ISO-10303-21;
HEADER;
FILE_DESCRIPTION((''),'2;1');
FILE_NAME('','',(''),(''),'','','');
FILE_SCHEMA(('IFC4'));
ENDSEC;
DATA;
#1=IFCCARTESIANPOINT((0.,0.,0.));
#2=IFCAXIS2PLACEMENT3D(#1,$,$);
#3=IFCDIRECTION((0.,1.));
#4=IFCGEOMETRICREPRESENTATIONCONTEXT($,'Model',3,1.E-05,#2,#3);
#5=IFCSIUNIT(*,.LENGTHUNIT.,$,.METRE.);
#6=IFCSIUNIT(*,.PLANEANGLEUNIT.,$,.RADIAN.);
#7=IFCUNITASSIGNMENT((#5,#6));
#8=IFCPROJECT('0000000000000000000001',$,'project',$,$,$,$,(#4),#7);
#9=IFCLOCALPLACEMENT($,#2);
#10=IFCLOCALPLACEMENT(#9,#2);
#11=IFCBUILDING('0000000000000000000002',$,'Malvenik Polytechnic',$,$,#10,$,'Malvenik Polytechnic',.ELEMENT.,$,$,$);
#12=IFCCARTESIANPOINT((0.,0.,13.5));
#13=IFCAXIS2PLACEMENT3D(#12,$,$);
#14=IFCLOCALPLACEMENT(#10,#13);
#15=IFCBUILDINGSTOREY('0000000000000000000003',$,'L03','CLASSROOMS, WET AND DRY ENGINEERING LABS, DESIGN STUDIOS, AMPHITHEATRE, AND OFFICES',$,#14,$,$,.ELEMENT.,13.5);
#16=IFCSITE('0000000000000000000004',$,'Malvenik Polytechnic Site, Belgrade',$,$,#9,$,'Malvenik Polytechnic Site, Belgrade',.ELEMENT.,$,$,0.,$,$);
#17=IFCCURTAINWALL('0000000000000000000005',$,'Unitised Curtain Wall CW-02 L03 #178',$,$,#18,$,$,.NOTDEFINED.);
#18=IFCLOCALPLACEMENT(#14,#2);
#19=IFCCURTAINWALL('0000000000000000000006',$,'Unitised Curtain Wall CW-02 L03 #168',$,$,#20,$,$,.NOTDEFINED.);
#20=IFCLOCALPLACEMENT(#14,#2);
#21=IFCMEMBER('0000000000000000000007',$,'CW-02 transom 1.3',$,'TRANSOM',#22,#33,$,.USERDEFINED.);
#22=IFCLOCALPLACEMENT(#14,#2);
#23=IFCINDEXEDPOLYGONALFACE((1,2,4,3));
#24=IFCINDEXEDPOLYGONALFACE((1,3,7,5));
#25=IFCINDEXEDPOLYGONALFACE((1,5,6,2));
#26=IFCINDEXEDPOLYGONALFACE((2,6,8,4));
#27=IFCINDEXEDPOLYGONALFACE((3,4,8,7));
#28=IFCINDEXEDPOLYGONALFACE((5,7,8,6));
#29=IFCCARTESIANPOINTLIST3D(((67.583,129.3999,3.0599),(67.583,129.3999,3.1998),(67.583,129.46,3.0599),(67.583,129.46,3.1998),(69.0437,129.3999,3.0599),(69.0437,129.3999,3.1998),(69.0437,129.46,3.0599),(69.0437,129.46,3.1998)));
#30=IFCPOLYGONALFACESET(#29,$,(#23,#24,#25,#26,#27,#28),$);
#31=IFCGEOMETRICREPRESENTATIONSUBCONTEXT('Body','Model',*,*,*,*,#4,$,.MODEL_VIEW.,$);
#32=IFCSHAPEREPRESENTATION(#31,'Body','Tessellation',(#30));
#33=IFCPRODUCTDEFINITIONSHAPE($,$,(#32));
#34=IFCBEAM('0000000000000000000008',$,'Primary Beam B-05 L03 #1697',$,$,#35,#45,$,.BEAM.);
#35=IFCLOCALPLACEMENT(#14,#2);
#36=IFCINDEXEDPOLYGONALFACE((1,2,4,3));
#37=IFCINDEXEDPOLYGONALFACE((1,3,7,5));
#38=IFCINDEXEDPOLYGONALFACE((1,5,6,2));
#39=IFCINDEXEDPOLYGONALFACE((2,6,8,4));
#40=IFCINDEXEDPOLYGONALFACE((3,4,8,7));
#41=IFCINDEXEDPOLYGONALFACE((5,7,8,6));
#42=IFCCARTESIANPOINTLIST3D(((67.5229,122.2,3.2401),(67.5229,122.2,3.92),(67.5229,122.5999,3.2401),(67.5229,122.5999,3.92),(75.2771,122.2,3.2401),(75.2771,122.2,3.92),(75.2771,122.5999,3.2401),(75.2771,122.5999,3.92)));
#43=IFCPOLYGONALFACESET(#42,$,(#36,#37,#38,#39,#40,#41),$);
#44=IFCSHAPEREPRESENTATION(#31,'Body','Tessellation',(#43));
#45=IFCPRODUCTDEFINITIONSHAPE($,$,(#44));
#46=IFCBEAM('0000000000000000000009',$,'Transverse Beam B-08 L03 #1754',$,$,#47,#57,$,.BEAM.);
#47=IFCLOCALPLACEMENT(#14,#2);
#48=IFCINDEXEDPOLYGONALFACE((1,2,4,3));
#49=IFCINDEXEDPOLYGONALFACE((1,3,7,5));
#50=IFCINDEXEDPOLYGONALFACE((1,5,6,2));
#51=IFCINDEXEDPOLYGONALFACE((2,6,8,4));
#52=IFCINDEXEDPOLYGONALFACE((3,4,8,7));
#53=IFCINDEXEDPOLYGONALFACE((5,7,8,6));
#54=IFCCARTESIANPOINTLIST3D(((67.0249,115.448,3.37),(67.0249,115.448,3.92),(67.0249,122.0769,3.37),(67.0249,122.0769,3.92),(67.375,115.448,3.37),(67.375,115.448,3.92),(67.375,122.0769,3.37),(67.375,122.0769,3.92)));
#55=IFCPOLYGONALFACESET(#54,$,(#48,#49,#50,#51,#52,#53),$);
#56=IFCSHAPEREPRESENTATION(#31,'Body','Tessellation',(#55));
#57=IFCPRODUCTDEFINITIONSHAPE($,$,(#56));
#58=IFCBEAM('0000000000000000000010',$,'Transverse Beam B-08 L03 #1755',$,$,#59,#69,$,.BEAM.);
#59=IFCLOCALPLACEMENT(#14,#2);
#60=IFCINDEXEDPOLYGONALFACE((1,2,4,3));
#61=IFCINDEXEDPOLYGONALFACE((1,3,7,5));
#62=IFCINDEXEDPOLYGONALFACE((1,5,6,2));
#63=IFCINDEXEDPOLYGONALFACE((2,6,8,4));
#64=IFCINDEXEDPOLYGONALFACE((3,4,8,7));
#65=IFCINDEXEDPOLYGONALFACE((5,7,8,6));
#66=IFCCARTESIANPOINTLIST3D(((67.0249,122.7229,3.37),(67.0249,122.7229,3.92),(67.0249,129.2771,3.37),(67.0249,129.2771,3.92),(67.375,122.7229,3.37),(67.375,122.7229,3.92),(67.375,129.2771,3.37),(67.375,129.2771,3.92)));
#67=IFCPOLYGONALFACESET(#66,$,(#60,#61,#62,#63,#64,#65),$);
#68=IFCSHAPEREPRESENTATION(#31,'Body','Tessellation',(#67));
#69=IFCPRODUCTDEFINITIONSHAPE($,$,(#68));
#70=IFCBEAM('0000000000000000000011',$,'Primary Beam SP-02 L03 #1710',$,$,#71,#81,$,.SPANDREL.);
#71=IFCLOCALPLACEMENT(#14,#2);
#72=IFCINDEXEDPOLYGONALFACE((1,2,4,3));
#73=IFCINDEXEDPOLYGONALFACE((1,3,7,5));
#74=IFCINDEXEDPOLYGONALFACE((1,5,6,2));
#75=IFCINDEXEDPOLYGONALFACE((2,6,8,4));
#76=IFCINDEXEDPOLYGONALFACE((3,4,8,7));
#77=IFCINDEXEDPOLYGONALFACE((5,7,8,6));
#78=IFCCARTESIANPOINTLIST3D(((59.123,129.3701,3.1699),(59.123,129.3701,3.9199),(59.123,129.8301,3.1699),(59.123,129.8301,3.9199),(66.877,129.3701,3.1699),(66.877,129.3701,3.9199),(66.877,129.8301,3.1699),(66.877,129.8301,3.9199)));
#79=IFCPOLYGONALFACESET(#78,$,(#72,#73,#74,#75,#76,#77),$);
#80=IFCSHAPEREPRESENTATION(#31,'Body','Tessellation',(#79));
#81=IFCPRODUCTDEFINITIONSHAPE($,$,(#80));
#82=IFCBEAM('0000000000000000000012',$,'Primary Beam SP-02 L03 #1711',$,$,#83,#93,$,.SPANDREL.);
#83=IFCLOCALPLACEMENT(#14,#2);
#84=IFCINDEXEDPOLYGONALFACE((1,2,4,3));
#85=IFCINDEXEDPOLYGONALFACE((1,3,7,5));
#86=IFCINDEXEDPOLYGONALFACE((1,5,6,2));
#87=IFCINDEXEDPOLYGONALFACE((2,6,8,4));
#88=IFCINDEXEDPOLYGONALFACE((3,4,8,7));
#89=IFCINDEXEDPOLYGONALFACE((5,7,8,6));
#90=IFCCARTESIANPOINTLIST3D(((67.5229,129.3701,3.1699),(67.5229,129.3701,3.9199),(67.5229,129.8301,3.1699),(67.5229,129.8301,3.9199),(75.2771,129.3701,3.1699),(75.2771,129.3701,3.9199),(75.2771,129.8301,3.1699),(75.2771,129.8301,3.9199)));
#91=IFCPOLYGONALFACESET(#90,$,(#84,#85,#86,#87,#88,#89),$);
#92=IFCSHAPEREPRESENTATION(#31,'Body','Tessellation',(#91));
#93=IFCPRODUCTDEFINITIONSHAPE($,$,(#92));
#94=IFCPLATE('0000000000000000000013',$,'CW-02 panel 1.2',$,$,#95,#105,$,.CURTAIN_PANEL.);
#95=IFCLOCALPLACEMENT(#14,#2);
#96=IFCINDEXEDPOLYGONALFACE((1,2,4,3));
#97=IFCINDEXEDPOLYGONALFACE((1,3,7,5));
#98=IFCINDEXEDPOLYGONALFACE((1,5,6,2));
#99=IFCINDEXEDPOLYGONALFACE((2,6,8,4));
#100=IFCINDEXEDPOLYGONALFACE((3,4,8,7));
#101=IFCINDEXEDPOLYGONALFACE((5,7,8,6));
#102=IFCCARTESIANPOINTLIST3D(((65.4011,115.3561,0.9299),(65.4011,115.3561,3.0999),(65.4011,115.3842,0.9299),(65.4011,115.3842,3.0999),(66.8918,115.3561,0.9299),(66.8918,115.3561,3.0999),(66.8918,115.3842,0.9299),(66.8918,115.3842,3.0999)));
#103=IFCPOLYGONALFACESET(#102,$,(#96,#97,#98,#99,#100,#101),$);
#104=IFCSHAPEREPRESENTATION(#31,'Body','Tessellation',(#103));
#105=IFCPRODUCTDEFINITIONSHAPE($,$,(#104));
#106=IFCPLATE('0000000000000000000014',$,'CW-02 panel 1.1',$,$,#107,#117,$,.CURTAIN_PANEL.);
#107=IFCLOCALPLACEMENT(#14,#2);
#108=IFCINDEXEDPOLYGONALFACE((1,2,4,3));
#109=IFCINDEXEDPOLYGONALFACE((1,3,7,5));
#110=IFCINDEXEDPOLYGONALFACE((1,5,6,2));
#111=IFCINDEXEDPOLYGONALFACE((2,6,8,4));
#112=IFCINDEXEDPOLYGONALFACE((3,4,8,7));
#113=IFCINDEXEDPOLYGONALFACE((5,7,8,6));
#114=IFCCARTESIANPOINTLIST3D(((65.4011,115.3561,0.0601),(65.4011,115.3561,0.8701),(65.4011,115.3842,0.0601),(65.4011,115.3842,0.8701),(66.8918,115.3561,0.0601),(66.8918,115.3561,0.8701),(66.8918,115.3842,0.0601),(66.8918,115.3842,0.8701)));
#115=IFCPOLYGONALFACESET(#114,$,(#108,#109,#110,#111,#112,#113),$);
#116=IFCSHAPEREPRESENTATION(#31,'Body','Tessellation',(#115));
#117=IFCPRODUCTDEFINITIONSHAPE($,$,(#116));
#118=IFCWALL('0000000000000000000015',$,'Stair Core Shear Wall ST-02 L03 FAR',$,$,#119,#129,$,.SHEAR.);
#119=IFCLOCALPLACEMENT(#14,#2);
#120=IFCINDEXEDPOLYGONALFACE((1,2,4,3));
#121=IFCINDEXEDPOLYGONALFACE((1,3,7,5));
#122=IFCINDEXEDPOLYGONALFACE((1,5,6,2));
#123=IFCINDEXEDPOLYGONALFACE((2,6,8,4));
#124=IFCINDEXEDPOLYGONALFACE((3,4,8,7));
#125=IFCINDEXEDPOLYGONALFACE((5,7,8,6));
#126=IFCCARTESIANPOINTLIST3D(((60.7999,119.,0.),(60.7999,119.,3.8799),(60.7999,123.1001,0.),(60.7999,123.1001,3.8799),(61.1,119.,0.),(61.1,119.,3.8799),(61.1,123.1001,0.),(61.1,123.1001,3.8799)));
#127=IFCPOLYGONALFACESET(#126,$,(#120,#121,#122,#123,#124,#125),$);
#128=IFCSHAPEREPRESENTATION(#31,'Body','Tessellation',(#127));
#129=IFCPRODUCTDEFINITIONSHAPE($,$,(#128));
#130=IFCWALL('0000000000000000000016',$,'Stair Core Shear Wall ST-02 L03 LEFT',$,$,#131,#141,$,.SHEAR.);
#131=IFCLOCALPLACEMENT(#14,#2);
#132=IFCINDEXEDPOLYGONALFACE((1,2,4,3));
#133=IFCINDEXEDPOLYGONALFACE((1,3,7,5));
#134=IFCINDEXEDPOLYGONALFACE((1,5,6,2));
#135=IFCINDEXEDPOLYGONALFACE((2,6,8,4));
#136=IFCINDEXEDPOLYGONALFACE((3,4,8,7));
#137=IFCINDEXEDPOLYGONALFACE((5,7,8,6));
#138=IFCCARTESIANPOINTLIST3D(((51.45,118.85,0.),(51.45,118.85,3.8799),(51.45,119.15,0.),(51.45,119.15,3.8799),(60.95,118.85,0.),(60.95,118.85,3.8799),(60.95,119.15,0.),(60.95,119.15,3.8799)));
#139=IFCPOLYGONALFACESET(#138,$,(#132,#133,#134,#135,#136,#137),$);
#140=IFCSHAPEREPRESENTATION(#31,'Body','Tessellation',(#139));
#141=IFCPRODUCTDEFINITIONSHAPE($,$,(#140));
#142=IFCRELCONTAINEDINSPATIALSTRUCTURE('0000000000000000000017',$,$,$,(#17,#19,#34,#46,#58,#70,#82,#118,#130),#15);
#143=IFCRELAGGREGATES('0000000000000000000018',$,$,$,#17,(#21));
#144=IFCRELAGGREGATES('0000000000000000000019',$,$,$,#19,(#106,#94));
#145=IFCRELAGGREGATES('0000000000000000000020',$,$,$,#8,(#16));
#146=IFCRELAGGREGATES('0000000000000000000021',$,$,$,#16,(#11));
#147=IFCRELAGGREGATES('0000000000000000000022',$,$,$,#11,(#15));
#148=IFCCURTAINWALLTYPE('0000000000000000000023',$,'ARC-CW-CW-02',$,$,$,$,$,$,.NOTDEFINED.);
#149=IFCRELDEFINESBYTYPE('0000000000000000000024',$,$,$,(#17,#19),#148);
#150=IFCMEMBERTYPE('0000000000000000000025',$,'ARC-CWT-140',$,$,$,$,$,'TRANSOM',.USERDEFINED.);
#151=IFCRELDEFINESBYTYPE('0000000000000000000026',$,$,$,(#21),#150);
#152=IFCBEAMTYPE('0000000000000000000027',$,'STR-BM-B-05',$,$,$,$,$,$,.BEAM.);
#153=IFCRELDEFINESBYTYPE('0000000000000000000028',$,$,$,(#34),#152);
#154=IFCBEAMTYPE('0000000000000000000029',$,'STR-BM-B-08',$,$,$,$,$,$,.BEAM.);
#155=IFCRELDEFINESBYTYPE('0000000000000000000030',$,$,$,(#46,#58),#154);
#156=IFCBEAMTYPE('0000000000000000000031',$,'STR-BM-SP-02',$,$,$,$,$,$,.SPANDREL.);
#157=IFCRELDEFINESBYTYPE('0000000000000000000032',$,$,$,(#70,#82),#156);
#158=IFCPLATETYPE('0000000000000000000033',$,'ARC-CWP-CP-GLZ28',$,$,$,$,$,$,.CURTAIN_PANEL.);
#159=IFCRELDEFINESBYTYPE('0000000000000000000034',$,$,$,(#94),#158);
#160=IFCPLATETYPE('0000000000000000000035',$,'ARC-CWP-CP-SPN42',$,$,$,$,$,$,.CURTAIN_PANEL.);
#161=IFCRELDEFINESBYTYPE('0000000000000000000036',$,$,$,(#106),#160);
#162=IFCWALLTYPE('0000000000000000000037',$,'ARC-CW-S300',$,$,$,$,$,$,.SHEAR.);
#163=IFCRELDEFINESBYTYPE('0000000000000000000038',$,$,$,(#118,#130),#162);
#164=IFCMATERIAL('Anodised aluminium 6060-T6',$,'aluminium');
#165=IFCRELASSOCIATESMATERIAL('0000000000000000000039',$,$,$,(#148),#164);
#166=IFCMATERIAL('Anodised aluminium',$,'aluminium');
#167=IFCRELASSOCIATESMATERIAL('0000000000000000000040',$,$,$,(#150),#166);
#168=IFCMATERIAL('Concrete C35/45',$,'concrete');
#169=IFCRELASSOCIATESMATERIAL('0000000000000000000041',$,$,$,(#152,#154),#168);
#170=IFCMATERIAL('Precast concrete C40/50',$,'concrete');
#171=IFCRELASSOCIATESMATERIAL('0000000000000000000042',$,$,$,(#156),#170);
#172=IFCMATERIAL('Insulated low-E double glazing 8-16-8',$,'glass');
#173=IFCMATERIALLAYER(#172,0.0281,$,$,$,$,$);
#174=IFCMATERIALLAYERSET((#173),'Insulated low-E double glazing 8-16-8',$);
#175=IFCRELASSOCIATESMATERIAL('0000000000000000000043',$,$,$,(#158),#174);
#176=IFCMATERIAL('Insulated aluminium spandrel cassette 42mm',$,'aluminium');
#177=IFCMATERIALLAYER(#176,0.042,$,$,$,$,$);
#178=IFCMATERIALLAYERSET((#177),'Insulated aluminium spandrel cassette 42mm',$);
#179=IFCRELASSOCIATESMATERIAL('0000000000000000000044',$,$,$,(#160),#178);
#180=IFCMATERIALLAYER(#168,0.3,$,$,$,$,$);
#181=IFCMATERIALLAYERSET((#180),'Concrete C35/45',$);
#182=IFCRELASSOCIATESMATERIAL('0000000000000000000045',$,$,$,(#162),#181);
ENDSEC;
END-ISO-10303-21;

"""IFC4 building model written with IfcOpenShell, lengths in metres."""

from ifc_helpers import new_model, si_unit, direction, frame, frame_2d, origin, origin_2d, place, context, subcontext, project, spatial, rectangle, extrude, material, layer, layer_set, material_profile, profile_set, type_object, element, aggregate, save


model = new_model("IFC4")

# Units and contexts
model_context = context("Model", 3, precision=1e-05, world=origin(), true_north=direction((0.0, 1.0)))
body_context = subcontext(model_context, "Body", "Model", "MODEL_VIEW")
ifc_project = project(units=[si_unit("LENGTHUNIT", "METRE"), si_unit("PLANEANGLEUNIT", "RADIAN")], contexts=[model_context])

# Site, building, storey
site_placement = place(None, origin())
site = spatial("IfcSite", under=ifc_project, at=site_placement, Name="Malvenik Polytechnic Site, Belgrade", LongName="Malvenik Polytechnic Site, Belgrade", CompositionType="ELEMENT", RefElevation=0.0)
building_placement = place(site_placement, origin())
building = spatial("IfcBuilding", under=site, at=building_placement, Name="Malvenik Polytechnic", LongName="Malvenik Polytechnic", CompositionType="ELEMENT")
storey_placement = place(building_placement, frame((0.0, 0.0, 13.5)))
storey = spatial("IfcBuildingStorey", under=building, at=storey_placement, Name="L03", Description="CLASSROOMS, WET AND DRY ENGINEERING LABS, DESIGN STUDIOS, AMPHITHEATRE, AND OFFICES", CompositionType="ELEMENT", Elevation=13.5)

# Shared definitions
ifc_material_1 = material(Name="Concrete C35/45", Category="concrete")

# Curtain wall
ifc_material_2 = material(Name="Anodised aluminium 6060-T6", Category="aluminium")
curtain_wall_type = type_object("IfcCurtainWallType", Name="ARC-CW-CW-02", PredefinedType="NOTDEFINED", material=ifc_material_2)
curtain_wall_1_placement = place(storey_placement, origin())
curtain_wall_1 = element("IfcCurtainWall", 1, at=curtain_wall_1_placement, inside=storey, type_object=curtain_wall_type, Name="Unitised Curtain Wall CW-02 L03 #178", PredefinedType="NOTDEFINED")
ifc_material_3 = material(Name="Anodised aluminium", Category="aluminium")

# Curtain wall
curtain_wall_2_placement = place(storey_placement, origin())
curtain_wall_2 = element("IfcCurtainWall", 2, at=curtain_wall_2_placement, inside=storey, type_object=curtain_wall_type, Name="Unitised Curtain Wall CW-02 L03 #168", PredefinedType="NOTDEFINED")

# Member
ifc_material_profile_1 = material_profile(ifc_material_3, rectangle(XDim=0.0601, YDim=0.1399, at=origin_2d()), Name="ALU TRANSOM 60x140")
ifc_profile_set_1 = profile_set([ifc_material_profile_1], Name="Anodised aluminium")
member_type_1 = type_object("IfcMemberType", Name="ARC-CWT-140", ElementType="TRANSOM", PredefinedType="USERDEFINED", material=ifc_profile_set_1)
member_1_placement = place(storey_placement, frame((67.583, 129.4299, 3.1299), z_axis=(1.0, 0.0, 0.0), x_axis=(0.0, 1.0, 0.0)))
member_1 = element("IfcMember", 3, at=member_1_placement, type_object=member_type_1, Name="CW-02 transom 1.3", ObjectType="TRANSOM", PredefinedType="USERDEFINED", context=body_context, shape_type="SweptSolid", body=[
    extrude(rectangle(XDim=0.0601, YDim=0.1399, at=origin_2d()), origin(), (0.0, 0.0, 1.0), 1.4607),
])
aggregate(curtain_wall_1, [member_1])

# Beams
ifc_material_profile_2 = material_profile(ifc_material_1, rectangle(XDim=0.3999, YDim=0.6799, at=origin_2d()), Name="RC BM 400x680")
ifc_profile_set_2 = profile_set([ifc_material_profile_2], Name="Concrete C35/45")
beam_type_1 = type_object("IfcBeamType", Name="STR-BM-B-05", PredefinedType="BEAM", material=ifc_profile_set_2)
beam_1_placement = place(storey_placement, frame((67.5229, 122.3999, 3.5801), z_axis=(1.0, 0.0, 0.0), x_axis=(0.0, 1.0, 0.0)))
element("IfcBeam", 4, at=beam_1_placement, inside=storey, type_object=beam_type_1, Name="Primary Beam B-05 L03 #1697", PredefinedType="BEAM", context=body_context, shape_type="SweptSolid", body=[
    extrude(rectangle(XDim=0.3999, YDim=0.6799, at=origin_2d()), origin(), (0.0, 0.0, 1.0), 7.7542),
])
ifc_material_profile_3 = material_profile(ifc_material_1, rectangle(XDim=0.3501, YDim=0.55, at=origin_2d()), Name="RC BM 350x550")
ifc_profile_set_3 = profile_set([ifc_material_profile_3], Name="Concrete C35/45")
beam_type_2 = type_object("IfcBeamType", Name="STR-BM-B-08", PredefinedType="BEAM", material=ifc_profile_set_3)
beam_2_placement = place(storey_placement, frame((67.2, 115.448, 3.645), z_axis=(0.0, 1.0, 0.0), x_axis=(-1.0, 0.0, 0.0)))
element("IfcBeam", 5, at=beam_2_placement, inside=storey, type_object=beam_type_2, Name="Transverse Beam B-08 L03 #1754", PredefinedType="BEAM", context=body_context, shape_type="SweptSolid", body=[
    extrude(rectangle(XDim=0.3501, YDim=0.55, at=origin_2d()), origin(), (0.0, 0.0, 1.0), 6.6289),
])
beam_3_placement = place(storey_placement, frame((67.2, 122.7229, 3.645), z_axis=(0.0, 1.0, 0.0), x_axis=(-1.0, 0.0, 0.0)))
element("IfcBeam", 6, at=beam_3_placement, inside=storey, type_object=beam_type_2, Name="Transverse Beam B-08 L03 #1755", PredefinedType="BEAM", context=body_context, shape_type="SweptSolid", body=[
    extrude(rectangle(XDim=0.3501, YDim=0.55, at=origin_2d()), origin(), (0.0, 0.0, 1.0), 6.5542),
])
ifc_material_4 = material(Name="Precast concrete C40/50", Category="concrete")
ifc_material_profile_4 = material_profile(ifc_material_4, rectangle(XDim=0.46, YDim=0.75, at=origin_2d()), Name="PC SPN 460x750")
ifc_profile_set_4 = profile_set([ifc_material_profile_4], Name="Precast concrete C40/50")
beam_type_3 = type_object("IfcBeamType", Name="STR-BM-SP-02", PredefinedType="SPANDREL", material=ifc_profile_set_4)
beam_4_placement = place(storey_placement, frame((59.123, 129.6001, 3.5449), z_axis=(1.0, 0.0, 0.0), x_axis=(0.0, 1.0, 0.0)))
element("IfcBeam", 7, at=beam_4_placement, inside=storey, type_object=beam_type_3, Name="Primary Beam SP-02 L03 #1710", PredefinedType="SPANDREL", context=body_context, shape_type="SweptSolid", body=[
    extrude(rectangle(XDim=0.46, YDim=0.75, at=origin_2d()), origin(), (0.0, 0.0, 1.0), 7.7539),
])
beam_5_placement = place(storey_placement, frame((67.5229, 129.6001, 3.5449), z_axis=(1.0, 0.0, 0.0), x_axis=(0.0, 1.0, 0.0)))
element("IfcBeam", 8, at=beam_5_placement, inside=storey, type_object=beam_type_3, Name="Primary Beam SP-02 L03 #1711", PredefinedType="SPANDREL", context=body_context, shape_type="SweptSolid", body=[
    extrude(rectangle(XDim=0.46, YDim=0.75, at=origin_2d()), origin(), (0.0, 0.0, 1.0), 7.7542),
])

# Plates
ifc_material_5 = material(Name="Insulated low-E double glazing 8-16-8", Category="glass")
ifc_layer_1 = layer(ifc_material_5, 0.0281)
ifc_layer_set_1 = layer_set([ifc_layer_1], Name="Insulated low-E double glazing 8-16-8")
plate_type_1 = type_object("IfcPlateType", Name="ARC-CWP-CP-GLZ28", PredefinedType="CURTAIN_PANEL", material=ifc_layer_set_1)
plate_1_placement = place(storey_placement, frame((66.1465, 115.3701, 0.9299), z_axis=(0.0, 0.0, 1.0), x_axis=(-1.0, 0.0, 0.0)))
plate_1 = element("IfcPlate", 9, at=plate_1_placement, type_object=plate_type_1, Name="CW-02 panel 1.2", PredefinedType="CURTAIN_PANEL", context=body_context, shape_type="SweptSolid", body=[
    extrude(rectangle(XDim=1.4907, YDim=0.0281, at=origin_2d()), origin(), (0.0, 0.0, 1.0), 2.1699),
])
ifc_material_6 = material(Name="Insulated aluminium spandrel cassette 42mm", Category="aluminium")
ifc_layer_2 = layer(ifc_material_6, 0.042)
ifc_layer_set_2 = layer_set([ifc_layer_2], Name="Insulated aluminium spandrel cassette 42mm")
plate_type_2 = type_object("IfcPlateType", Name="ARC-CWP-CP-SPN42", PredefinedType="CURTAIN_PANEL", material=ifc_layer_set_2)
plate_2_placement = place(storey_placement, frame((66.1465, 115.3701, 0.0601), z_axis=(0.0, 0.0, 1.0), x_axis=(-1.0, 0.0, 0.0)))
plate_2 = element("IfcPlate", 10, at=plate_2_placement, type_object=plate_type_2, Name="CW-02 panel 1.1", PredefinedType="CURTAIN_PANEL", context=body_context, shape_type="SweptSolid", body=[
    extrude(rectangle(XDim=1.4907, YDim=0.0281, at=origin_2d()), origin(), (0.0, 0.0, 1.0), 0.8101),
])
aggregate(curtain_wall_2, [plate_2, plate_1])

# Walls
ifc_layer_3 = layer(ifc_material_1, 0.3)
ifc_layer_set_3 = layer_set([ifc_layer_3], Name="Concrete C35/45")
wall_type_1 = type_object("IfcWallType", Name="ARC-CW-S300", PredefinedType="SHEAR", material=ifc_layer_set_3)
wall_1_placement = place(storey_placement, frame((60.95, 123.1001, 0.0), z_axis=(0.0, 0.0, 1.0), x_axis=(0.0, -1.0, 0.0)))
element("IfcWall", 11, at=wall_1_placement, inside=storey, type_object=wall_type_1, Name="Stair Core Shear Wall ST-02 L03 FAR", PredefinedType="SHEAR", context=body_context, shape_type="SweptSolid", body=[
    extrude(rectangle(XDim=4.1001, YDim=0.3, at=frame_2d((2.05, 0.0))), origin(), (0.0, 0.0, 1.0), 3.8799),
])
wall_2_placement = place(storey_placement, frame((60.95, 119.0, 0.0), z_axis=(0.0, 0.0, 1.0), x_axis=(-1.0, 0.0, 0.0)))
element("IfcWall", 12, at=wall_2_placement, inside=storey, type_object=wall_type_1, Name="Stair Core Shear Wall ST-02 L03 LEFT", PredefinedType="SHEAR", context=body_context, shape_type="SweptSolid", body=[
    extrude(rectangle(XDim=9.5, YDim=0.3, at=frame_2d((4.75, 0.0))), origin(), (0.0, 0.0, 1.0), 3.8799),
])

save(model, "model.ifc")
